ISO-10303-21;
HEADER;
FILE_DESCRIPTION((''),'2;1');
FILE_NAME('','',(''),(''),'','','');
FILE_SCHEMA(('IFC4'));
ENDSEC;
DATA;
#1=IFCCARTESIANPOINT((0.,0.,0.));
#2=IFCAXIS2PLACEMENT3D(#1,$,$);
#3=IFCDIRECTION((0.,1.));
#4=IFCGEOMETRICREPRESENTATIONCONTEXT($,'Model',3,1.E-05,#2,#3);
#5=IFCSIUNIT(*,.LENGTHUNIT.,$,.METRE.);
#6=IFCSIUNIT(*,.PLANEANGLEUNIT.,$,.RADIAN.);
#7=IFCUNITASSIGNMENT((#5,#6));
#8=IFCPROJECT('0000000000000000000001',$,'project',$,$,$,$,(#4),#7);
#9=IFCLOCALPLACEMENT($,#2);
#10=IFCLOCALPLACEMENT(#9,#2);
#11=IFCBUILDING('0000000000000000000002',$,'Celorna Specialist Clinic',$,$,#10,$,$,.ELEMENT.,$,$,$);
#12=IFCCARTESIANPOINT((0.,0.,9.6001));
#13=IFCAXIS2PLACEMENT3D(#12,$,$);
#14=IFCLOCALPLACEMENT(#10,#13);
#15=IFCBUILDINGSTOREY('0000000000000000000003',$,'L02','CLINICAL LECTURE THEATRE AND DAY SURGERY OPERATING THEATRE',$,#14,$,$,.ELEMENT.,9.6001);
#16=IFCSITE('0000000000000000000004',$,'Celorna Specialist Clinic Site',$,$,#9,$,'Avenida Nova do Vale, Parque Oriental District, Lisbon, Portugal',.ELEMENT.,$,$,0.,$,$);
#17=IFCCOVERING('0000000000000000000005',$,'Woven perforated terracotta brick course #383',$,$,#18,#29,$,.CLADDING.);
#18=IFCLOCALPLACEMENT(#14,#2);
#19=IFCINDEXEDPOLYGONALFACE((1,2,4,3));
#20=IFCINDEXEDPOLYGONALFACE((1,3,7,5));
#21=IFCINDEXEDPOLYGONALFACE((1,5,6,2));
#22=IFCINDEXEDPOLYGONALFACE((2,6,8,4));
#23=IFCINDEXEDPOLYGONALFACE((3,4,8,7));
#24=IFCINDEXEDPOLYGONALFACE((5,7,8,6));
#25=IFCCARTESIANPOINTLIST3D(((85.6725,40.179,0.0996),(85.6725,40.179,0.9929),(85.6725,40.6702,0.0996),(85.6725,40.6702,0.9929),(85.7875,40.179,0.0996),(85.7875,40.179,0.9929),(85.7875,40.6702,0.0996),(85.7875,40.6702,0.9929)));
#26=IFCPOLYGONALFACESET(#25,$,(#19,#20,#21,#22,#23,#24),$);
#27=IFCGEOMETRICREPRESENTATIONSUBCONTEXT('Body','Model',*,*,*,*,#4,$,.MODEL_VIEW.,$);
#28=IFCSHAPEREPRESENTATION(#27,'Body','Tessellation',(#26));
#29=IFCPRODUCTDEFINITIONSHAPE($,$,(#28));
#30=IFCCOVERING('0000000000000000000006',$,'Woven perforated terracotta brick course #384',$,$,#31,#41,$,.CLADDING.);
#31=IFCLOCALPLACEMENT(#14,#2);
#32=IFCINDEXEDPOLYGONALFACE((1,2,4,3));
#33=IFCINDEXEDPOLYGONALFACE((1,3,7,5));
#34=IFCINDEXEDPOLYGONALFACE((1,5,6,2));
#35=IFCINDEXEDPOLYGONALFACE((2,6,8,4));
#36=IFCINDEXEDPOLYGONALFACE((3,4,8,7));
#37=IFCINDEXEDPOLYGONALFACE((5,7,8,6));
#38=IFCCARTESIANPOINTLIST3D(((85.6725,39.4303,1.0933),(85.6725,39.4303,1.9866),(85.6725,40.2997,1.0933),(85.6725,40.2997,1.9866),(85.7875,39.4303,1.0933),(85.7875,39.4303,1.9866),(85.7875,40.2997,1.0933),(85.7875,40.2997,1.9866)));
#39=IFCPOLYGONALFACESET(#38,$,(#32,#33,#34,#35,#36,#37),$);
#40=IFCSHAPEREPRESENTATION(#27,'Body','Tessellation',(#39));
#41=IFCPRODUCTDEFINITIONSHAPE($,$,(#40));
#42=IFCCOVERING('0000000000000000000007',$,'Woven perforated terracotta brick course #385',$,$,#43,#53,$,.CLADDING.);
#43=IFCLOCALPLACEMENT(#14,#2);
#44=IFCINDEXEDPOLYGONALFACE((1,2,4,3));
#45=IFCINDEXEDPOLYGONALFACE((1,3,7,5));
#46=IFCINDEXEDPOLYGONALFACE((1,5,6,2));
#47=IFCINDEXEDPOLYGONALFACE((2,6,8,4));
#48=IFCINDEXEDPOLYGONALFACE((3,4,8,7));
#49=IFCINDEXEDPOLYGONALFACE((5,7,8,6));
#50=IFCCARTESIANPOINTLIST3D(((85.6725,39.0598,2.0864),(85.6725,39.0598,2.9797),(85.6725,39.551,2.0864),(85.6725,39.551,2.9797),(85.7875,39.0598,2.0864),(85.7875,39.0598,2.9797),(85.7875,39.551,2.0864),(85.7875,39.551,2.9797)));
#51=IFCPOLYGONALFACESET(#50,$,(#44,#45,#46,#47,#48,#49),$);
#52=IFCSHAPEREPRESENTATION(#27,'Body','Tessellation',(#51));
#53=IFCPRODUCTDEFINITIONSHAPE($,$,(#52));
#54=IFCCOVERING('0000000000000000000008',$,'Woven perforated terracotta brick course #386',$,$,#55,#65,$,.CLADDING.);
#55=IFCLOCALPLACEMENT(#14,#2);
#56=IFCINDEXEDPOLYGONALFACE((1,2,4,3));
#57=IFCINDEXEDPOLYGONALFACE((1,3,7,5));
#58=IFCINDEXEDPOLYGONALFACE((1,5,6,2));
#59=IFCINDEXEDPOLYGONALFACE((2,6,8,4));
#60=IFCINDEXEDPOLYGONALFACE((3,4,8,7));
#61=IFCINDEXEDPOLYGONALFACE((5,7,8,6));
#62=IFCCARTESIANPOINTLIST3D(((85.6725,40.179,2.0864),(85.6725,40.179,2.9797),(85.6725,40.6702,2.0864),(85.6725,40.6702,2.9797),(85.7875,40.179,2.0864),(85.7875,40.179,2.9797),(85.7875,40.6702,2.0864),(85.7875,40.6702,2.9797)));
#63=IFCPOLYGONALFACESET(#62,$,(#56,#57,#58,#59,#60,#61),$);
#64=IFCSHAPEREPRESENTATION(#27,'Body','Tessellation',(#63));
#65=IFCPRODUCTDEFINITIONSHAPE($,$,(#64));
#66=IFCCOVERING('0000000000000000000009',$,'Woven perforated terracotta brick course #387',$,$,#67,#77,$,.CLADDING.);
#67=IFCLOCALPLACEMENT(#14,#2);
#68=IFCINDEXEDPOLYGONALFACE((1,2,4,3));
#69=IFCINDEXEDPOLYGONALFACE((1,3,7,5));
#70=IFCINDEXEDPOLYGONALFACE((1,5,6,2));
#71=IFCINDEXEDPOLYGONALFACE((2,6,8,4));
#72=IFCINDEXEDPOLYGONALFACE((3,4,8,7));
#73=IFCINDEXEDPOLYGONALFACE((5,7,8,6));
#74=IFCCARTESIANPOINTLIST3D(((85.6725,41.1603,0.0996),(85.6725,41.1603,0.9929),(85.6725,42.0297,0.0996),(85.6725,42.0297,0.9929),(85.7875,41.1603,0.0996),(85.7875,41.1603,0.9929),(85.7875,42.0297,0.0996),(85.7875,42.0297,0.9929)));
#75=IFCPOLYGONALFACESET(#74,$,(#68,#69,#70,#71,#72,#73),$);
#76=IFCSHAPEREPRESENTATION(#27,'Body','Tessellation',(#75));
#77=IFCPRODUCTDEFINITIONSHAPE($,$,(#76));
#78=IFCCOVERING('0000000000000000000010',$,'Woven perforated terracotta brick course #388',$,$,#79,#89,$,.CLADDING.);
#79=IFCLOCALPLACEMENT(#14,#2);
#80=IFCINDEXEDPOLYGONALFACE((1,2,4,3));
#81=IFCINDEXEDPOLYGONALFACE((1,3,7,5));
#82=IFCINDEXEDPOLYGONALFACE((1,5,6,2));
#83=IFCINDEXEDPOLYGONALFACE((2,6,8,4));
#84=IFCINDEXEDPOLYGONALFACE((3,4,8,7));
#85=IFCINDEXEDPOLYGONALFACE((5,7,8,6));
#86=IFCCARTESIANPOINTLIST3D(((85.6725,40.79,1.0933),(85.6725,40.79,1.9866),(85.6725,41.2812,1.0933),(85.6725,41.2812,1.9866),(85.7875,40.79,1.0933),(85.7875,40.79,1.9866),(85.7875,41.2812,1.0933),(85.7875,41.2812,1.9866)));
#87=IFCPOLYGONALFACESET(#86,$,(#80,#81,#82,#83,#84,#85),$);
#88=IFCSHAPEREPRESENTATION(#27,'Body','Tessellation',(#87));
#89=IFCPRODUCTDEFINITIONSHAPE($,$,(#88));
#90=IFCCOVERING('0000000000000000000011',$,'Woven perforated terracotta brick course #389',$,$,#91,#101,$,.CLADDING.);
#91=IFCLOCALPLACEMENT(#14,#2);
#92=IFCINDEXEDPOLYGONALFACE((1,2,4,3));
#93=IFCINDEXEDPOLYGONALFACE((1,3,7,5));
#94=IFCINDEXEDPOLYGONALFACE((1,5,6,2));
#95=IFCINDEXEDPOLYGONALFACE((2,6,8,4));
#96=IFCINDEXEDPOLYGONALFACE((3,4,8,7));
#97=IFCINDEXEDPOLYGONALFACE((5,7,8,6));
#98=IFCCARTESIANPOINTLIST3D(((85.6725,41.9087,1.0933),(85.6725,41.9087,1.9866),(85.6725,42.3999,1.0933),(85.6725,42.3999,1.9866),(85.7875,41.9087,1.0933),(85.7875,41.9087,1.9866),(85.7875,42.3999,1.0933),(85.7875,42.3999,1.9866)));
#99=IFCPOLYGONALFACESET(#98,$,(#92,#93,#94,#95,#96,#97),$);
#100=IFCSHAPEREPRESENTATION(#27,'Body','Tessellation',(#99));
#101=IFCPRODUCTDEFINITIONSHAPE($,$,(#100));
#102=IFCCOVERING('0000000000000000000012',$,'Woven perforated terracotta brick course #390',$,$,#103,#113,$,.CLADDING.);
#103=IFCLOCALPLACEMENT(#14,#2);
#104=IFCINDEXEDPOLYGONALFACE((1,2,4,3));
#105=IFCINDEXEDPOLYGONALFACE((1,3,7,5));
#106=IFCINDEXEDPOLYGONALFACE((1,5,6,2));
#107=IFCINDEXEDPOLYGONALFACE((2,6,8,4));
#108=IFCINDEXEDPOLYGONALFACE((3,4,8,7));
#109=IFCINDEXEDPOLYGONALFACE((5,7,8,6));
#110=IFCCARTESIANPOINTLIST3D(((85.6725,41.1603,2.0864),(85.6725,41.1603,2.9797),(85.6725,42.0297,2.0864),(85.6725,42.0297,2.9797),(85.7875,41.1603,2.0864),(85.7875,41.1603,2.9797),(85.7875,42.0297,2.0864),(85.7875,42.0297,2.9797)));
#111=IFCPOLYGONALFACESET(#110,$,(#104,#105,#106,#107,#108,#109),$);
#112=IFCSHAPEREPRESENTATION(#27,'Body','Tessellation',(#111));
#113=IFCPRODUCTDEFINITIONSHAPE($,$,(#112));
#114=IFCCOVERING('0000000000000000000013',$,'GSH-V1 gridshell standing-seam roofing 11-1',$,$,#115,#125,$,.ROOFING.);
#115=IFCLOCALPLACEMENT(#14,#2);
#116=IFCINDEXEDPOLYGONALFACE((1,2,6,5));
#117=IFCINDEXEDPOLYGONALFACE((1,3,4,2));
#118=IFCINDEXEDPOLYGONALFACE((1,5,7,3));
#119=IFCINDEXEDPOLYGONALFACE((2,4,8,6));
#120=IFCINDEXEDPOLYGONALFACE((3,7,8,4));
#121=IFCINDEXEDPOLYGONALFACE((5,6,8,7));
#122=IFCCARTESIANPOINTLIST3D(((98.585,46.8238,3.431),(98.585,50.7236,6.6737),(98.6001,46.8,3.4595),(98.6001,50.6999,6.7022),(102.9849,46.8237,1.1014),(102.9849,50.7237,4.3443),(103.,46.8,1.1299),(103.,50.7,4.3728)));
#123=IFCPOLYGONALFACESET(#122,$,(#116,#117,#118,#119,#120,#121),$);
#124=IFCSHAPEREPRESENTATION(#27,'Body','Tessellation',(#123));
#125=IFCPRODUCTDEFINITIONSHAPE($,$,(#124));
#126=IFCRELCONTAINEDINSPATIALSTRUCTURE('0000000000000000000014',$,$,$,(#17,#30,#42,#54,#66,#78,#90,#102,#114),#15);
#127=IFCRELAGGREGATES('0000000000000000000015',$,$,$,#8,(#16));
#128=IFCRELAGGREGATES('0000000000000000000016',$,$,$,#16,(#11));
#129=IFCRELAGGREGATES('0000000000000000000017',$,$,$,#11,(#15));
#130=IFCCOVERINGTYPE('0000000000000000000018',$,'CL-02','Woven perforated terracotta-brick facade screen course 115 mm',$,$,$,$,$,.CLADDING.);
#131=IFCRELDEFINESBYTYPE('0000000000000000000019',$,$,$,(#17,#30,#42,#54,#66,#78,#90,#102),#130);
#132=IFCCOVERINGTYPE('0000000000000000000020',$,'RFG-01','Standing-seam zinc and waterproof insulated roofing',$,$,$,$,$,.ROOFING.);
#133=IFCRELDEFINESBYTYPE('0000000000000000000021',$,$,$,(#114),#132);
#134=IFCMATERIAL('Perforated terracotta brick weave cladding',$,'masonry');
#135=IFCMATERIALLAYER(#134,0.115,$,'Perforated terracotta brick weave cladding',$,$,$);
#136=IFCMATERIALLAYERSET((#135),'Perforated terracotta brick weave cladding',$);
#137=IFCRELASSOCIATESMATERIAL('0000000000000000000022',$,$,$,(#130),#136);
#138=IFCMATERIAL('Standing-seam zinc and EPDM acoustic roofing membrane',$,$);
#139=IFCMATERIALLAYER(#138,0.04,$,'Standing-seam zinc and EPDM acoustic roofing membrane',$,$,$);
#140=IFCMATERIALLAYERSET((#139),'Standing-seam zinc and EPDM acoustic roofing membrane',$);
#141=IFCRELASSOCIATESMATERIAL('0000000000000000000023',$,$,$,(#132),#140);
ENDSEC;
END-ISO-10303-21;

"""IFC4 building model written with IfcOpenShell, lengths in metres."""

from ifc_helpers import new_model, si_unit, direction, frame, origin, origin_2d, place, context, subcontext, project, spatial, polyline, rectangle, outline, extrude, material, layer, layer_set, type_object, element, save


model = new_model("IFC4")

# Units and contexts
model_context = context("Model", 3, precision=1e-05, world=origin(), true_north=direction((0.0, 1.0)))
body_context = subcontext(model_context, "Body", "Model", "MODEL_VIEW")
ifc_project = project(units=[si_unit("LENGTHUNIT", "METRE"), si_unit("PLANEANGLEUNIT", "RADIAN")], contexts=[model_context])

# Site, building, storey
site_placement = place(None, origin())
site = spatial("IfcSite", under=ifc_project, at=site_placement, Name="Celorna Specialist Clinic Site", LongName="Avenida Nova do Vale, Parque Oriental District, Lisbon, Portugal", CompositionType="ELEMENT", RefElevation=0.0)
building_placement = place(site_placement, origin())
building = spatial("IfcBuilding", under=site, at=building_placement, Name="Celorna Specialist Clinic", CompositionType="ELEMENT")
storey_placement = place(building_placement, frame((0.0, 0.0, 9.6001)))
storey = spatial("IfcBuildingStorey", under=building, at=storey_placement, Name="L02", Description="CLINICAL LECTURE THEATRE AND DAY SURGERY OPERATING THEATRE", CompositionType="ELEMENT", Elevation=9.6001)

# Coverings
ifc_material_1 = material(Name="Perforated terracotta brick weave cladding", Category="masonry")
ifc_layer_1 = layer(ifc_material_1, 0.115, Name="Perforated terracotta brick weave cladding")
ifc_layer_set_1 = layer_set([ifc_layer_1], Name="Perforated terracotta brick weave cladding")
covering_type_1 = type_object("IfcCoveringType", Name="CL-02", Description="Woven perforated terracotta-brick facade screen course 115 mm", PredefinedType="CLADDING", material=ifc_layer_set_1)
covering_1_placement = place(storey_placement, frame((85.73, 40.4246, 0.0996), z_axis=(0.0, 0.0, 1.0), x_axis=(0.0, 1.0, 0.0)))
element("IfcCovering", 1, at=covering_1_placement, inside=storey, type_object=covering_type_1, Name="Woven perforated terracotta brick course #383", PredefinedType="CLADDING", context=body_context, shape_type="SweptSolid", body=[
    extrude(rectangle(XDim=0.4912, YDim=0.115, at=origin_2d()), origin(), (0.0, 0.0, 1.0), 0.8933),
])
covering_2_placement = place(storey_placement, frame((85.73, 39.865, 1.0933), z_axis=(0.0, 0.0, 1.0), x_axis=(0.0, 1.0, 0.0)))
element("IfcCovering", 2, at=covering_2_placement, inside=storey, type_object=covering_type_1, Name="Woven perforated terracotta brick course #384", PredefinedType="CLADDING", context=body_context, shape_type="SweptSolid", body=[
    extrude(rectangle(XDim=0.8694, YDim=0.115, at=origin_2d()), origin(), (0.0, 0.0, 1.0), 0.8933),
])
for number, where, z_axis, x_axis, name in (
    (3, (85.73, 39.3054, 2.0864), (0.0, 0.0, 1.0), (0.0, 1.0, 0.0), "Woven perforated terracotta brick course #385"),
    (4, (85.73, 40.4246, 2.0864), (0.0, 0.0, 1.0), (0.0, 1.0, 0.0), "Woven perforated terracotta brick course #386"),
):
    element("IfcCovering", number, at=place(storey_placement, frame(where, z_axis=z_axis, x_axis=x_axis)), inside=storey, type_object=covering_type_1, Name=name, PredefinedType="CLADDING", context=body_context, shape_type="SweptSolid", body=[
        extrude(rectangle(XDim=0.4912, YDim=0.115, at=origin_2d()), origin(), (0.0, 0.0, 1.0), 0.8933),
    ])
covering_3_placement = place(storey_placement, frame((85.73, 41.595, 0.0996), z_axis=(0.0, 0.0, 1.0), x_axis=(0.0, 1.0, 0.0)))
element("IfcCovering", 5, at=covering_3_placement, inside=storey, type_object=covering_type_1, Name="Woven perforated terracotta brick course #387", PredefinedType="CLADDING", context=body_context, shape_type="SweptSolid", body=[
    extrude(rectangle(XDim=0.8694, YDim=0.115, at=origin_2d()), origin(), (0.0, 0.0, 1.0), 0.8933),
])
for number, where, z_axis, x_axis, name in (
    (6, (85.73, 41.0356, 1.0933), (0.0, 0.0, 1.0), (0.0, 1.0, 0.0), "Woven perforated terracotta brick course #388"),
    (7, (85.73, 42.1543, 1.0933), (0.0, 0.0, 1.0), (0.0, 1.0, 0.0), "Woven perforated terracotta brick course #389"),
):
    element("IfcCovering", number, at=place(storey_placement, frame(where, z_axis=z_axis, x_axis=x_axis)), inside=storey, type_object=covering_type_1, Name=name, PredefinedType="CLADDING", context=body_context, shape_type="SweptSolid", body=[
        extrude(rectangle(XDim=0.4912, YDim=0.115, at=origin_2d()), origin(), (0.0, 0.0, 1.0), 0.8933),
    ])
covering_4_placement = place(storey_placement, frame((85.73, 41.595, 2.0864), z_axis=(0.0, 0.0, 1.0), x_axis=(0.0, 1.0, 0.0)))
element("IfcCovering", 8, at=covering_4_placement, inside=storey, type_object=covering_type_1, Name="Woven perforated terracotta brick course #390", PredefinedType="CLADDING", context=body_context, shape_type="SweptSolid", body=[
    extrude(rectangle(XDim=0.8694, YDim=0.115, at=origin_2d()), origin(), (0.0, 0.0, 1.0), 0.8933),
])
ifc_material_2 = material(Name="Standing-seam zinc and EPDM acoustic roofing membrane")
ifc_layer_2 = layer(ifc_material_2, 0.04, Name="Standing-seam zinc and EPDM acoustic roofing membrane")
ifc_layer_set_2 = layer_set([ifc_layer_2], Name="Standing-seam zinc and EPDM acoustic roofing membrane")
covering_type_2 = type_object("IfcCoveringType", Name="RFG-01", Description="Standing-seam zinc and waterproof insulated roofing", PredefinedType="ROOFING", material=ifc_layer_set_2)
covering_5_placement = place(storey_placement, frame((98.6001, 46.8, 3.4595), z_axis=(0.377044, -0.592168, 0.712162), x_axis=(0.883775, -0.00001, -0.467911)))
element("IfcCovering", 9, at=covering_5_placement, inside=storey, type_object=covering_type_2, Name="GSH-V1 gridshell standing-seam roofing 11-1", PredefinedType="ROOFING", context=body_context, shape_type="SweptSolid", body=[
    extrude(outline(polyline([(0.0, 0.0), (4.9786, 0.0), (3.4611, 4.8397), (-1.5173, 4.8396), (0.0, 0.0)])), origin(), (0.0, 0.0, -1.0), 0.04),
])

save(model, "model.ifc")
